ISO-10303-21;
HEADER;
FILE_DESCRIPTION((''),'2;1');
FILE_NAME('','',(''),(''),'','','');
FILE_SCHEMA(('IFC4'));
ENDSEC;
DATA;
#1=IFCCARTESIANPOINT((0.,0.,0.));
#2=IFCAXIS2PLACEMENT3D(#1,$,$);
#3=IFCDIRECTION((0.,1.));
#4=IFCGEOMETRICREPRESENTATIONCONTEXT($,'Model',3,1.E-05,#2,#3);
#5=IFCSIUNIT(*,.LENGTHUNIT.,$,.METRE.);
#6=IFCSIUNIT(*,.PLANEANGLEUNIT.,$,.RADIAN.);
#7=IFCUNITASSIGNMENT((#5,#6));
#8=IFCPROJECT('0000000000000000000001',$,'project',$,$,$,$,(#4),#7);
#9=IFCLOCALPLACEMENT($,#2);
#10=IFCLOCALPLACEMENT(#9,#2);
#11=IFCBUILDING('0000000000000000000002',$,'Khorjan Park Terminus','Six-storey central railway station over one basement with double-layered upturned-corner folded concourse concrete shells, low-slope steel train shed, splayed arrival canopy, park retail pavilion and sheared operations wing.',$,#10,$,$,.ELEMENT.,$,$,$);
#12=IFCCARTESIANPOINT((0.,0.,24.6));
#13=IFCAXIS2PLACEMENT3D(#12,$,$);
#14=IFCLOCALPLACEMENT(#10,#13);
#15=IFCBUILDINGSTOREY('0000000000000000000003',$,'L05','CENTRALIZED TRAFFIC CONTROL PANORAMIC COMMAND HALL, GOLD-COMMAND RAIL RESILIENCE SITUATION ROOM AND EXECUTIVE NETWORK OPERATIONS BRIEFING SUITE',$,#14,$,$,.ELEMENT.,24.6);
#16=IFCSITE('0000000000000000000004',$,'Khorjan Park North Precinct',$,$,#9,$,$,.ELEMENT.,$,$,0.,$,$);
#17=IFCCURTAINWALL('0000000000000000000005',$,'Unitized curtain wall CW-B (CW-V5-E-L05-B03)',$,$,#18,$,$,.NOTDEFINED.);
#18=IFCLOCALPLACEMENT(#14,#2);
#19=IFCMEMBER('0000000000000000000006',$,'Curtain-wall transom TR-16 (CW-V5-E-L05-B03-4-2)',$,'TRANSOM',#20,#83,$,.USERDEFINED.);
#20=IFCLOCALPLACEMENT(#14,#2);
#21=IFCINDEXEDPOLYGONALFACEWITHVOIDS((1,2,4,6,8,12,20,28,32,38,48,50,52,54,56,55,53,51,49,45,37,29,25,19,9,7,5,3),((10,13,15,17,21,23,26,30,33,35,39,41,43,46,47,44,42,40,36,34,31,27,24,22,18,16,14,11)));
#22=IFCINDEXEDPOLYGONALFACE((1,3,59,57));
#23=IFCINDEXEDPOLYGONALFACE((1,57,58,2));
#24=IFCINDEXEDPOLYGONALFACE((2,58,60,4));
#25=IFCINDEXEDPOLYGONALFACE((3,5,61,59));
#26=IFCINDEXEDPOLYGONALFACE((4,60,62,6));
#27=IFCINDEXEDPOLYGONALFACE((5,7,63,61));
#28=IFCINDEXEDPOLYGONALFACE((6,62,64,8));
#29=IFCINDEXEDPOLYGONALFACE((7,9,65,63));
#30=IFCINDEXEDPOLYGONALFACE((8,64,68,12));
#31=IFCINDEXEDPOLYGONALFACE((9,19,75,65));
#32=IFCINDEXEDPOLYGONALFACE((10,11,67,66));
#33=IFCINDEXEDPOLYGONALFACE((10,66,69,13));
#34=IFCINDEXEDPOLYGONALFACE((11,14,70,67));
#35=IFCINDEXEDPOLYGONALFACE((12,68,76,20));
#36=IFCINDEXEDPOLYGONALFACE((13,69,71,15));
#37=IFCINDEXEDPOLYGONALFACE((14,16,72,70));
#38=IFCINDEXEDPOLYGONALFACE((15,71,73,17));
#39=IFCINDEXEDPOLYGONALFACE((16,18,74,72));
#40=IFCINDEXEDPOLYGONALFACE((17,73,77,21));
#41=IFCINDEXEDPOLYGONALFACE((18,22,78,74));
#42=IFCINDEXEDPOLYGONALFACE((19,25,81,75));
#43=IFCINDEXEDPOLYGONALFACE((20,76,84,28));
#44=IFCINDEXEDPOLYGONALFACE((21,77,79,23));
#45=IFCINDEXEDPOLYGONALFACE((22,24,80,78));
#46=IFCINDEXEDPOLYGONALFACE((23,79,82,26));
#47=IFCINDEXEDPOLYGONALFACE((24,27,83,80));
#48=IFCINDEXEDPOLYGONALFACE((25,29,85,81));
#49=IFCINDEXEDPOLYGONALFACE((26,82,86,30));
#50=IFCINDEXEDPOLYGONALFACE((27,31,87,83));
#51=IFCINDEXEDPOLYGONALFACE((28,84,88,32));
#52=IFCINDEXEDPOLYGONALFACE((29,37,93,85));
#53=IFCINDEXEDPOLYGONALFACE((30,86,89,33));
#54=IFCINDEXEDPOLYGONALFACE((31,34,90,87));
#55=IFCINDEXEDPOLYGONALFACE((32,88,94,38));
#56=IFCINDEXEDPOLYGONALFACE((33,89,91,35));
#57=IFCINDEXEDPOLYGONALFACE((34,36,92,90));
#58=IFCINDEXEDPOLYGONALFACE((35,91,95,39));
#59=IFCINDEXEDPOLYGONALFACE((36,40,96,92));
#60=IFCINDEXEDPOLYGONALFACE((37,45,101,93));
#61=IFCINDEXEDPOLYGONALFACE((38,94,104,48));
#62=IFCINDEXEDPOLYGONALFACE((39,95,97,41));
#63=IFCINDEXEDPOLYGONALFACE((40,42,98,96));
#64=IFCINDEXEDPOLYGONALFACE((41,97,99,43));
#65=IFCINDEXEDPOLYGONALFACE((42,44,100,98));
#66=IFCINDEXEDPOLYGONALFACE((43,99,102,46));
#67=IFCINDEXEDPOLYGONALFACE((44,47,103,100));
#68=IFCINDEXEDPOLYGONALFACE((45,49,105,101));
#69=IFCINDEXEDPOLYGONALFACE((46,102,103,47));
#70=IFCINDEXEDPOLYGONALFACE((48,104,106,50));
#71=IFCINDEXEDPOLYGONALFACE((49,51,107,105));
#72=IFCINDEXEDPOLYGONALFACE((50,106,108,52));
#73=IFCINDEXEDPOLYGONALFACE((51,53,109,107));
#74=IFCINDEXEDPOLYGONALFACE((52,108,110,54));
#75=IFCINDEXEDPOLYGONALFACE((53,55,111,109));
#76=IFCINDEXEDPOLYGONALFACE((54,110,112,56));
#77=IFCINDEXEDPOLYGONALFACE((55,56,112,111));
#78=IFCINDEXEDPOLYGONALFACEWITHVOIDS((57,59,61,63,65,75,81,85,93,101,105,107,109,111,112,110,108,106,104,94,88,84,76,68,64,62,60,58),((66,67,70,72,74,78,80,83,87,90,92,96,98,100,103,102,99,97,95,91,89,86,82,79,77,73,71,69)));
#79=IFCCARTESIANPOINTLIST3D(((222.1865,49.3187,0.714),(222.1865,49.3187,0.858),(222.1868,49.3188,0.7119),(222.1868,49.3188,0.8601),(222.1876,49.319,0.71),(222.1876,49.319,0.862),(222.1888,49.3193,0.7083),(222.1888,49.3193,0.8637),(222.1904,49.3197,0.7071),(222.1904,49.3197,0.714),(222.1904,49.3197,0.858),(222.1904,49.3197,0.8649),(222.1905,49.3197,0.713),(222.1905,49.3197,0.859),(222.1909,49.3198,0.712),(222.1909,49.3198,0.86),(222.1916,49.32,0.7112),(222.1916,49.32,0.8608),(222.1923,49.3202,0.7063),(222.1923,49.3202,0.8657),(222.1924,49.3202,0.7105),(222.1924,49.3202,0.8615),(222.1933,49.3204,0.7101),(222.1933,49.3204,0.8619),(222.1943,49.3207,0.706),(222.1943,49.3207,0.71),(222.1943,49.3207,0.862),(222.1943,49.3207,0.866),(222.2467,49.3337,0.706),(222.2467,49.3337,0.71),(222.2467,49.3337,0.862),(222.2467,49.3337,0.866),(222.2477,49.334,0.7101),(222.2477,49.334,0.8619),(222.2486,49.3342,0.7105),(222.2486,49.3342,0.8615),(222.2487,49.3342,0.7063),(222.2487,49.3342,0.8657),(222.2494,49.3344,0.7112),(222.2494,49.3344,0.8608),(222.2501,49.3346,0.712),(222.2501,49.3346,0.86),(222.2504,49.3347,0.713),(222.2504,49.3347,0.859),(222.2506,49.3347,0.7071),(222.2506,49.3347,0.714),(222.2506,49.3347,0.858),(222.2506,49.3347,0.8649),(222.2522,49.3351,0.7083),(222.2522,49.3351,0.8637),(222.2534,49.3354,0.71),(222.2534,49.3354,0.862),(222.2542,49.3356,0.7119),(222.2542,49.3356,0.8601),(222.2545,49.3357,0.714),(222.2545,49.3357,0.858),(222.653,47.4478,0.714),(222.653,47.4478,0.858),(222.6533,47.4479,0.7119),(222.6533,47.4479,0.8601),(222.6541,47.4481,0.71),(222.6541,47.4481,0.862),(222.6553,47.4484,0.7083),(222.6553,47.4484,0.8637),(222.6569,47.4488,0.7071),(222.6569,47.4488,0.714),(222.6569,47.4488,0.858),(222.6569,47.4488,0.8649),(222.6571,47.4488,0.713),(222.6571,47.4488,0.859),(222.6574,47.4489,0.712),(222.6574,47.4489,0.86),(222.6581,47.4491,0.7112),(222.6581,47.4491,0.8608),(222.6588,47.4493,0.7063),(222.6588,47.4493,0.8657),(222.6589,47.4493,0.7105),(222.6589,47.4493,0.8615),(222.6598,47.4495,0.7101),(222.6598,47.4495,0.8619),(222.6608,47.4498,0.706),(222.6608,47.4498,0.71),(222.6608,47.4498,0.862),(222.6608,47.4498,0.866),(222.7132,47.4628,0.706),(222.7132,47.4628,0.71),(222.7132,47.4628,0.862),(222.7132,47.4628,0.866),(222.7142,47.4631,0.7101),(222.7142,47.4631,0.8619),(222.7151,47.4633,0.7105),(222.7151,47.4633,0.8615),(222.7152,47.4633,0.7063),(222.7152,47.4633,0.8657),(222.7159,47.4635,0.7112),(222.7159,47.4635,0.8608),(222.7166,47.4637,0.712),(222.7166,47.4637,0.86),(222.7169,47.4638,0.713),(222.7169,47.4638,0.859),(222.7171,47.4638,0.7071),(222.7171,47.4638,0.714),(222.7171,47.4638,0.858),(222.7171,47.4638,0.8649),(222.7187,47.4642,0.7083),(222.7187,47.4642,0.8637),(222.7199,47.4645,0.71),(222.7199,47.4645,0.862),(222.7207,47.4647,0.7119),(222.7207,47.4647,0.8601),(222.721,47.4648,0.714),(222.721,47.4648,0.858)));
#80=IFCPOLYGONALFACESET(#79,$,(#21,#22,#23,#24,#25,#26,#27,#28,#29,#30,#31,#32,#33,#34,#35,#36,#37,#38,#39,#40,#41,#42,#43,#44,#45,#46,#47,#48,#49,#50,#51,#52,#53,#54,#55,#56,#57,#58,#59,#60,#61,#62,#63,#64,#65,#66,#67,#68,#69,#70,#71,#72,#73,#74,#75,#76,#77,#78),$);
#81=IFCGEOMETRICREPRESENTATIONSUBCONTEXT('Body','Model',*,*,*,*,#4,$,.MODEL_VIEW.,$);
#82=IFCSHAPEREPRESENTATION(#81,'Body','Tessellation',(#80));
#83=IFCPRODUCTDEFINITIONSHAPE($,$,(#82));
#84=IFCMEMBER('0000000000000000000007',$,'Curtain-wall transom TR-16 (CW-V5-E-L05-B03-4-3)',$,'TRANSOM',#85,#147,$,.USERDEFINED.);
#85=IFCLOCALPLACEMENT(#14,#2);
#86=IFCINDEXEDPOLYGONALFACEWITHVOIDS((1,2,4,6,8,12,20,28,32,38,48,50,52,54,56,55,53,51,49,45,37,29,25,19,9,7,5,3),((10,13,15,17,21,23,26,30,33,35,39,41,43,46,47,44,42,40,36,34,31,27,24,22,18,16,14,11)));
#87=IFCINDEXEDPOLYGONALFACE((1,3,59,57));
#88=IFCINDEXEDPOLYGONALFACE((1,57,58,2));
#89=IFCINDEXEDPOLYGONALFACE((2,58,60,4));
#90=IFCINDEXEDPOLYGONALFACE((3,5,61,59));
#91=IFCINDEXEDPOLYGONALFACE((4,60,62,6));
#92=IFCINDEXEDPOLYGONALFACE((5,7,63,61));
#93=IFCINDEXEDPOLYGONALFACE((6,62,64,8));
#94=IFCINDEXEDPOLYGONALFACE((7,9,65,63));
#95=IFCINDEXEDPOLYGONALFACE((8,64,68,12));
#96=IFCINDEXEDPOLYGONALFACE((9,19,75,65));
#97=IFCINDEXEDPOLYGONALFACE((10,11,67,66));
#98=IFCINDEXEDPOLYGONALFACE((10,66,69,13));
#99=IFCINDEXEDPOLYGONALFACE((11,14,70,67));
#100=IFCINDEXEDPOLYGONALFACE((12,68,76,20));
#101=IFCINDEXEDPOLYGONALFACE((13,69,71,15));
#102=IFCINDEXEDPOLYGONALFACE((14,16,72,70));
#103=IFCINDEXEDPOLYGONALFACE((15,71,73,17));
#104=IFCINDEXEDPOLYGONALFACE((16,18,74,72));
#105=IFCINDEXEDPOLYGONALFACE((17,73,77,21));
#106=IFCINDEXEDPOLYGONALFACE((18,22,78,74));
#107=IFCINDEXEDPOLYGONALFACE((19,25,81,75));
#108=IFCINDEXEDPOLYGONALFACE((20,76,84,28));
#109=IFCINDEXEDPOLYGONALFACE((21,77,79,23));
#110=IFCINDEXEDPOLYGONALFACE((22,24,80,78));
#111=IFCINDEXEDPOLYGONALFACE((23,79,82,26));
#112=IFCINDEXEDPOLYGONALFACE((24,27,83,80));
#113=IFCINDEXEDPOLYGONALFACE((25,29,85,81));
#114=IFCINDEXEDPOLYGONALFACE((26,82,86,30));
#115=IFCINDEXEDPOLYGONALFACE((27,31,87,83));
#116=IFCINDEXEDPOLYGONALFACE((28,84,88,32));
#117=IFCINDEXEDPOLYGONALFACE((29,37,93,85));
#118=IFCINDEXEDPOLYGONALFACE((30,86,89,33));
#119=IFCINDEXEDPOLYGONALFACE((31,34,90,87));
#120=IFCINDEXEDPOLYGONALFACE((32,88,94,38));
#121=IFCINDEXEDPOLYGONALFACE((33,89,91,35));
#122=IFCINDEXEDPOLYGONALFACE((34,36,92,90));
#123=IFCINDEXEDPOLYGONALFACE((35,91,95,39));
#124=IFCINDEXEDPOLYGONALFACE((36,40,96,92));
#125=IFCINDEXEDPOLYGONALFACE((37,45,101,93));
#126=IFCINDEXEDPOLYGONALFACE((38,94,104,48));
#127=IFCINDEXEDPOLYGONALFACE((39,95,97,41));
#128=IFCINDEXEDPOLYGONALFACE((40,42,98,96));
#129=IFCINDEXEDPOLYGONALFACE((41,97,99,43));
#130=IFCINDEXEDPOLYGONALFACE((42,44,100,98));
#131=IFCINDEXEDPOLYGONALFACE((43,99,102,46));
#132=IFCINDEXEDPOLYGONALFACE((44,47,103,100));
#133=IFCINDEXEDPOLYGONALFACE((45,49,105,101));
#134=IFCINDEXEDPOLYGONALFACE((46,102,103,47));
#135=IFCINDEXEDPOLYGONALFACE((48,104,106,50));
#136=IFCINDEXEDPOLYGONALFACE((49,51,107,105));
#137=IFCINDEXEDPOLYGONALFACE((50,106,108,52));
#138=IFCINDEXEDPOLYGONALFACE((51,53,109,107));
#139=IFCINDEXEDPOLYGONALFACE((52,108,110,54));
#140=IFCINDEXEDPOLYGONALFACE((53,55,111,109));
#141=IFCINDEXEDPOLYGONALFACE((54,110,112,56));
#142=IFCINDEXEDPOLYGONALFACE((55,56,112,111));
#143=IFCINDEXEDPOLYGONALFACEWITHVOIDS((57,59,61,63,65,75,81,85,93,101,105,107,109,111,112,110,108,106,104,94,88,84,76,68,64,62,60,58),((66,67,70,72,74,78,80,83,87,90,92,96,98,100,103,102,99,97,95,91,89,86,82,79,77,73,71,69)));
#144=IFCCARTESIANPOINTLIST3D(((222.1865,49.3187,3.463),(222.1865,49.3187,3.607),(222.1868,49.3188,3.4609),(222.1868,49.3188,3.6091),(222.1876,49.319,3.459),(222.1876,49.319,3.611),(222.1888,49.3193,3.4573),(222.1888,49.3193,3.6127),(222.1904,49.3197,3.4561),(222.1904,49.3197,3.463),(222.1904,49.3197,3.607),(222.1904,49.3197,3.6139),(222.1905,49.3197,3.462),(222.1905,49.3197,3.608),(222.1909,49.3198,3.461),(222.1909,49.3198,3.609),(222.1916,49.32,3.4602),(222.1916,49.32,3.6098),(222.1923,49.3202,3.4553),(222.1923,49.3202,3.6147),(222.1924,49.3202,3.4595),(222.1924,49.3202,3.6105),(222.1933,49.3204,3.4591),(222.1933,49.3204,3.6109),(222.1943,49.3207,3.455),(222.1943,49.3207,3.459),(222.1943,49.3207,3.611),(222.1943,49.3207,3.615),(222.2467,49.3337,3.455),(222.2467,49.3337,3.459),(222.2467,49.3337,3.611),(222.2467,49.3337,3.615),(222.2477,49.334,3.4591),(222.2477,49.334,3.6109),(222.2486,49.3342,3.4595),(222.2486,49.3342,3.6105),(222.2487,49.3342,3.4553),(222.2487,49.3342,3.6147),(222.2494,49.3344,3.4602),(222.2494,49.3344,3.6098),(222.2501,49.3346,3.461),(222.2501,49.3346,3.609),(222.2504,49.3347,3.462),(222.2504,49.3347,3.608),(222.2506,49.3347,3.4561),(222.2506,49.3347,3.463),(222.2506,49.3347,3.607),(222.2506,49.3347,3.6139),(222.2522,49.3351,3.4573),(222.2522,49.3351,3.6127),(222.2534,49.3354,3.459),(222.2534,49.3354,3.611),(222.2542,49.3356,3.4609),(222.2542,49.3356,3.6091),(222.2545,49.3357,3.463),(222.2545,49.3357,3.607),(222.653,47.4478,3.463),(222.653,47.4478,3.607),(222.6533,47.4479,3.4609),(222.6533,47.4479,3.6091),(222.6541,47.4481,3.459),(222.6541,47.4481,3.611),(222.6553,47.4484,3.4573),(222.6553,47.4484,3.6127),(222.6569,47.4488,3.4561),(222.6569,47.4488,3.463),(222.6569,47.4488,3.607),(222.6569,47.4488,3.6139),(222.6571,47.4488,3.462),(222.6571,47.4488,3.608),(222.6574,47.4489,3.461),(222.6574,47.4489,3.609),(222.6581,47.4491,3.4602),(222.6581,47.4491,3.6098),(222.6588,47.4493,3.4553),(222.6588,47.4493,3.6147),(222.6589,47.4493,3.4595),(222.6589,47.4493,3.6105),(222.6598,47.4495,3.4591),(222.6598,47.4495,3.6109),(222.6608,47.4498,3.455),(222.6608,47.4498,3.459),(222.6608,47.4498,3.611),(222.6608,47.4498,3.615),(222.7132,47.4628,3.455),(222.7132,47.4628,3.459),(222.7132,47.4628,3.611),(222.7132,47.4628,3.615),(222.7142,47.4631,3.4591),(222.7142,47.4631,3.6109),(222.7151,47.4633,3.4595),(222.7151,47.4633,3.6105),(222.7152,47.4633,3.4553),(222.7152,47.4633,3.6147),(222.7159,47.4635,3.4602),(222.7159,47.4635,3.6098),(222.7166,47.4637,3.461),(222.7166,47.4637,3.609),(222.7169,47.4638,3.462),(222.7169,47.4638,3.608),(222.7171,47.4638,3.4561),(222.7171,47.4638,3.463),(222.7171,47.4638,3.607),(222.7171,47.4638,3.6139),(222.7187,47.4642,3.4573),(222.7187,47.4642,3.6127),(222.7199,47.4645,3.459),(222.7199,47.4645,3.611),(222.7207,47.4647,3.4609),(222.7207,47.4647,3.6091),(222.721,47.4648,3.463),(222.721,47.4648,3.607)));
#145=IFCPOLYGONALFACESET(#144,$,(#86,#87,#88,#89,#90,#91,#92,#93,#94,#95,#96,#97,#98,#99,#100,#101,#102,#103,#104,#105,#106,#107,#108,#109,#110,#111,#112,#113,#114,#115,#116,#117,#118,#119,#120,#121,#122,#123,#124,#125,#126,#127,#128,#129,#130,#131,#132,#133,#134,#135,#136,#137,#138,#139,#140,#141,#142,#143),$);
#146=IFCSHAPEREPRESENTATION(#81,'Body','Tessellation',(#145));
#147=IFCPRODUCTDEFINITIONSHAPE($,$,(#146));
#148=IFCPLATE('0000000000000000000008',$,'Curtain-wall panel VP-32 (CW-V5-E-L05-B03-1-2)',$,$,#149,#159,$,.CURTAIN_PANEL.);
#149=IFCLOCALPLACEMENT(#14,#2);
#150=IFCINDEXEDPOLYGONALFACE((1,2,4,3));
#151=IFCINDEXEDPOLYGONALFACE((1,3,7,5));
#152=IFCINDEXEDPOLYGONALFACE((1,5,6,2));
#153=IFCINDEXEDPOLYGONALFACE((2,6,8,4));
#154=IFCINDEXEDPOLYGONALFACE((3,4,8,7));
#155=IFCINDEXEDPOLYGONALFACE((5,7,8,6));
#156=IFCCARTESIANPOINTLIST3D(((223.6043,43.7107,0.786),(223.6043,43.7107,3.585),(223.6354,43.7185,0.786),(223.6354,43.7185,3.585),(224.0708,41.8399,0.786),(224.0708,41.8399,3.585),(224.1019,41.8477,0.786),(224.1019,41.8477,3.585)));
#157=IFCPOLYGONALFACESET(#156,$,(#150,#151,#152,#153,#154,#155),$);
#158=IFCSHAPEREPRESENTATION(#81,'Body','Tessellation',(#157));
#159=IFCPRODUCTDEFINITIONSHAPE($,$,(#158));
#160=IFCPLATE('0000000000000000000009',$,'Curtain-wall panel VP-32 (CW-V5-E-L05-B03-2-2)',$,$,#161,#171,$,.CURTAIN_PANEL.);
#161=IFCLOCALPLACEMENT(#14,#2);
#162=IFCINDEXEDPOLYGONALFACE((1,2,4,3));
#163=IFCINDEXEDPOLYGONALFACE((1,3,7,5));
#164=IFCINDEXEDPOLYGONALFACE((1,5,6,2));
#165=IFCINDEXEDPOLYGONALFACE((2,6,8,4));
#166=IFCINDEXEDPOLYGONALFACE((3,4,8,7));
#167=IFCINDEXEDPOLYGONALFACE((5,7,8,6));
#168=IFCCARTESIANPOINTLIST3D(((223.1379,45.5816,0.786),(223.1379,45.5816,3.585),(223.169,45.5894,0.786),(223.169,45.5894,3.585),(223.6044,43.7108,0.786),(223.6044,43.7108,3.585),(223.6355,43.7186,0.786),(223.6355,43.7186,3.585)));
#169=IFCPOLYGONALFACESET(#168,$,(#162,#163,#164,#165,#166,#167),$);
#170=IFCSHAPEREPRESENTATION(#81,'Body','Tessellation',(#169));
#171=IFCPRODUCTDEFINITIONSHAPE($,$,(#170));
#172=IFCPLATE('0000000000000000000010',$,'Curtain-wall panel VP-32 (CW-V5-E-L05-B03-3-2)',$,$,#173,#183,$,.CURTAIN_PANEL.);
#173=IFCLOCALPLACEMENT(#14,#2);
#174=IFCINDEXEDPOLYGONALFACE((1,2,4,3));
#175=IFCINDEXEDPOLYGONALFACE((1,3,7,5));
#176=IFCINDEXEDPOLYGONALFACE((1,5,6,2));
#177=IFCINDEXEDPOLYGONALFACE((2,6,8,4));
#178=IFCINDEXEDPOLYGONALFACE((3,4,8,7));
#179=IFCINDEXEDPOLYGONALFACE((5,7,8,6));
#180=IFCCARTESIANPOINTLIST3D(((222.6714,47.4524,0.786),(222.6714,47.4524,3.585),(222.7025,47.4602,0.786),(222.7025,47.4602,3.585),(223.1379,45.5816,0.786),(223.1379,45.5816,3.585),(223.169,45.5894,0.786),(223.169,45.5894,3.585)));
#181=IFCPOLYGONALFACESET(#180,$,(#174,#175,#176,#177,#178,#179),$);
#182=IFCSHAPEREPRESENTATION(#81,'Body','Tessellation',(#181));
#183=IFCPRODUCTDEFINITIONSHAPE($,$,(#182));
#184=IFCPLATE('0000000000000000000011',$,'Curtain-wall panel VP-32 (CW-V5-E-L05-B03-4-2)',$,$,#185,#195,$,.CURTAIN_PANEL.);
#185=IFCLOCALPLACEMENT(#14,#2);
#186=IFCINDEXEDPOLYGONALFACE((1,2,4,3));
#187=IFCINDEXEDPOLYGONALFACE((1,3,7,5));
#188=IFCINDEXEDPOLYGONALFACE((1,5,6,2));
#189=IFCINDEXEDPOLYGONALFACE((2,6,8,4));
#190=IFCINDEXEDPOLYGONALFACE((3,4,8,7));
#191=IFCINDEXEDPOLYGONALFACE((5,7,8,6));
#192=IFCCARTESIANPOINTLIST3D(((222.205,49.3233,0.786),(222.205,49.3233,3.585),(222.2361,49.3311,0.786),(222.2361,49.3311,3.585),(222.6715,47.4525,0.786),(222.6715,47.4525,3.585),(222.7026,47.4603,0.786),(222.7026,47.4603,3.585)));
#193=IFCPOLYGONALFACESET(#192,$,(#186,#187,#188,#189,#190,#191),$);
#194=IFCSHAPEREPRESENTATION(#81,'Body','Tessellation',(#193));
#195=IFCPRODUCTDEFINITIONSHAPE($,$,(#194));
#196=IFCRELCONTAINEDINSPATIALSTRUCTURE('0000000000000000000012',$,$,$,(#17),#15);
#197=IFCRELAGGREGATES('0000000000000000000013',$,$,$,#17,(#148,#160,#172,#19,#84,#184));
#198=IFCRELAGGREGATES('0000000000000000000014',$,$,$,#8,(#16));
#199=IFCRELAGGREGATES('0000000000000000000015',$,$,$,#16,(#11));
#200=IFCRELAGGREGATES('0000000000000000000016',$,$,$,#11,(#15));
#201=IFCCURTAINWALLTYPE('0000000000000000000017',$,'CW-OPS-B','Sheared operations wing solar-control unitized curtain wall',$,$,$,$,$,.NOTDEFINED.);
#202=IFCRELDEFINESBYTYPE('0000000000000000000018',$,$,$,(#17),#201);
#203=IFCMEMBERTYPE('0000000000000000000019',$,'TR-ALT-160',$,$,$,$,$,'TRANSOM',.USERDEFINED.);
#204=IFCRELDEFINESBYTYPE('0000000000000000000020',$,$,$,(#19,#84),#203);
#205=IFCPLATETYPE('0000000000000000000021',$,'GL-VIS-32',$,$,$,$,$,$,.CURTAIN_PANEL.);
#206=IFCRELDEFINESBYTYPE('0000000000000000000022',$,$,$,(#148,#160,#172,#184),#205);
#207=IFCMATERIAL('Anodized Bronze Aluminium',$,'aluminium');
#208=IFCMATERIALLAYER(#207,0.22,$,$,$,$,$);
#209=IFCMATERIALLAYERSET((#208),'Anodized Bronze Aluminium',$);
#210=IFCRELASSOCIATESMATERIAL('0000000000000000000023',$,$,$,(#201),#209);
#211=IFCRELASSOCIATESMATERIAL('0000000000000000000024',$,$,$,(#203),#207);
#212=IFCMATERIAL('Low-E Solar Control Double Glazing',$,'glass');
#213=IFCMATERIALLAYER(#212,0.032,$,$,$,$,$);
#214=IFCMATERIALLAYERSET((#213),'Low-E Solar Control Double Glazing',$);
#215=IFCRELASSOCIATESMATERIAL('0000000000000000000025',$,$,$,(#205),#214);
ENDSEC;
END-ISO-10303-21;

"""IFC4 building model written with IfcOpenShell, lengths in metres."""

from ifc_helpers import new_model, si_unit, direction, frame, origin, origin_2d, place, context, subcontext, project, spatial, rectangle, hollow_rectangle, extrude, material, layer, layer_set, material_profile, profile_set, type_object, element, aggregate, save


model = new_model("IFC4")

# Units and contexts
model_context = context("Model", 3, precision=1e-05, world=origin(), true_north=direction((0.0, 1.0)))
body_context = subcontext(model_context, "Body", "Model", "MODEL_VIEW")
ifc_project = project(units=[si_unit("LENGTHUNIT", "METRE"), si_unit("PLANEANGLEUNIT", "RADIAN")], contexts=[model_context])

# Site, building, storey
site_placement = place(None, origin())
site = spatial("IfcSite", under=ifc_project, at=site_placement, Name="Khorjan Park North Precinct", CompositionType="ELEMENT", RefElevation=0.0)
building_placement = place(site_placement, origin())
building = spatial("IfcBuilding", under=site, at=building_placement, Name="Khorjan Park Terminus", Description="Six-storey central railway station over one basement with double-layered upturned-corner folded concourse concrete shells, low-slope steel train shed, splayed arrival canopy, park retail pavilion and sheared operations wing.", CompositionType="ELEMENT")
storey_placement = place(building_placement, frame((0.0, 0.0, 24.6)))
storey = spatial("IfcBuildingStorey", under=building, at=storey_placement, Name="L05", Description="CENTRALIZED TRAFFIC CONTROL PANORAMIC COMMAND HALL, GOLD-COMMAND RAIL RESILIENCE SITUATION ROOM AND EXECUTIVE NETWORK OPERATIONS BRIEFING SUITE", CompositionType="ELEMENT", Elevation=24.6)

# Curtain wall, members, plates
ifc_material_1 = material(Name="Anodized Bronze Aluminium", Category="aluminium")
ifc_layer_1 = layer(ifc_material_1, 0.22)
ifc_layer_set_1 = layer_set([ifc_layer_1], Name="Anodized Bronze Aluminium")
curtain_wall_type = type_object("IfcCurtainWallType", Name="CW-OPS-B", Description="Sheared operations wing solar-control unitized curtain wall", PredefinedType="NOTDEFINED", material=ifc_layer_set_1)
curtain_wall_placement = place(storey_placement, origin())
curtain_wall = element("IfcCurtainWall", 1, at=curtain_wall_placement, inside=storey, type_object=curtain_wall_type, Name="Unitized curtain wall CW-B (CW-V5-E-L05-B03)", PredefinedType="NOTDEFINED")
ifc_material_profile_1 = material_profile(ifc_material_1, hollow_rectangle(XDim=0.07, YDim=0.16, WallThickness=0.004, InnerFilletRadius=0.004, OuterFilletRadius=0.008, at=origin_2d()), Name="ALT 70x160x4")
ifc_profile_set_1 = profile_set([ifc_material_profile_1], Name="Anodized Bronze Aluminium")
member_type_1 = type_object("IfcMemberType", Name="TR-ALT-160", ElementType="TRANSOM", PredefinedType="USERDEFINED", material=ifc_profile_set_1)
member_1_placement = place(storey_placement, frame((222.687, 47.4563, 0.786), z_axis=(-0.241938, 0.970292, 0.0), x_axis=(-0.970292, -0.241938, 0.0)))
member_1 = element("IfcMember", 2, at=member_1_placement, type_object=member_type_1, Name="Curtain-wall transom TR-16 (CW-V5-E-L05-B03-4-2)", ObjectType="TRANSOM", PredefinedType="USERDEFINED", context=body_context, shape_type="SweptSolid", body=[
    extrude(hollow_rectangle(XDim=0.07, YDim=0.16, WallThickness=0.004, InnerFilletRadius=0.004, OuterFilletRadius=0.008, at=origin_2d()), origin(), (0.0, 0.0, 1.0), 1.9282),
])
member_2_placement = place(storey_placement, frame((222.687, 47.4563, 3.535), z_axis=(-0.241938, 0.970292, 0.0), x_axis=(-0.970292, -0.241938, 0.0)))
member_2 = element("IfcMember", 3, at=member_2_placement, type_object=member_type_1, Name="Curtain-wall transom TR-16 (CW-V5-E-L05-B03-4-3)", ObjectType="TRANSOM", PredefinedType="USERDEFINED", context=body_context, shape_type="SweptSolid", body=[
    extrude(hollow_rectangle(XDim=0.07, YDim=0.16, WallThickness=0.004, InnerFilletRadius=0.004, OuterFilletRadius=0.008, at=origin_2d()), origin(), (0.0, 0.0, 1.0), 1.9282),
])
ifc_material_2 = material(Name="Low-E Solar Control Double Glazing", Category="glass")
ifc_layer_2 = layer(ifc_material_2, 0.032)
ifc_layer_set_2 = layer_set([ifc_layer_2], Name="Low-E Solar Control Double Glazing")
plate_type_1 = type_object("IfcPlateType", Name="GL-VIS-32", PredefinedType="CURTAIN_PANEL", material=ifc_layer_set_2)
plate_1_placement = place(storey_placement, frame((223.8531, 42.7792, 0.786), z_axis=(0.0, 0.0, 1.0), x_axis=(-0.241923, 0.970295, 0.0)))
plate_1 = element("IfcPlate", 4, at=plate_1_placement, type_object=plate_type_1, Name="Curtain-wall panel VP-32 (CW-V5-E-L05-B03-1-2)", PredefinedType="CURTAIN_PANEL", context=body_context, shape_type="SweptSolid", body=[
    extrude(rectangle(XDim=1.9281, YDim=0.032, at=origin_2d()), origin(), (0.0, 0.0, 1.0), 2.799),
])
plate_2_placement = place(storey_placement, frame((223.3867, 44.6501, 0.786), z_axis=(0.0, 0.0, 1.0), x_axis=(-0.241923, 0.970295, 0.0)))
plate_2 = element("IfcPlate", 5, at=plate_2_placement, type_object=plate_type_1, Name="Curtain-wall panel VP-32 (CW-V5-E-L05-B03-2-2)", PredefinedType="CURTAIN_PANEL", context=body_context, shape_type="SweptSolid", body=[
    extrude(rectangle(XDim=1.9281, YDim=0.032, at=origin_2d()), origin(), (0.0, 0.0, 1.0), 2.799),
])
plate_3_placement = place(storey_placement, frame((222.9202, 46.5209, 0.786), z_axis=(0.0, 0.0, 1.0), x_axis=(-0.241923, 0.970295, 0.0)))
plate_3 = element("IfcPlate", 6, at=plate_3_placement, type_object=plate_type_1, Name="Curtain-wall panel VP-32 (CW-V5-E-L05-B03-3-2)", PredefinedType="CURTAIN_PANEL", context=body_context, shape_type="SweptSolid", body=[
    extrude(rectangle(XDim=1.9281, YDim=0.032, at=origin_2d()), origin(), (0.0, 0.0, 1.0), 2.799),
])
plate_4_placement = place(storey_placement, frame((222.4538, 48.3918, 0.786), z_axis=(0.0, 0.0, 1.0), x_axis=(-0.241923, 0.970295, 0.0)))
plate_4 = element("IfcPlate", 7, at=plate_4_placement, type_object=plate_type_1, Name="Curtain-wall panel VP-32 (CW-V5-E-L05-B03-4-2)", PredefinedType="CURTAIN_PANEL", context=body_context, shape_type="SweptSolid", body=[
    extrude(rectangle(XDim=1.9281, YDim=0.032, at=origin_2d()), origin(), (0.0, 0.0, 1.0), 2.799),
])
aggregate(curtain_wall, [plate_1, plate_2, plate_3, member_1, member_2, plate_4])

save(model, "model.ifc")
